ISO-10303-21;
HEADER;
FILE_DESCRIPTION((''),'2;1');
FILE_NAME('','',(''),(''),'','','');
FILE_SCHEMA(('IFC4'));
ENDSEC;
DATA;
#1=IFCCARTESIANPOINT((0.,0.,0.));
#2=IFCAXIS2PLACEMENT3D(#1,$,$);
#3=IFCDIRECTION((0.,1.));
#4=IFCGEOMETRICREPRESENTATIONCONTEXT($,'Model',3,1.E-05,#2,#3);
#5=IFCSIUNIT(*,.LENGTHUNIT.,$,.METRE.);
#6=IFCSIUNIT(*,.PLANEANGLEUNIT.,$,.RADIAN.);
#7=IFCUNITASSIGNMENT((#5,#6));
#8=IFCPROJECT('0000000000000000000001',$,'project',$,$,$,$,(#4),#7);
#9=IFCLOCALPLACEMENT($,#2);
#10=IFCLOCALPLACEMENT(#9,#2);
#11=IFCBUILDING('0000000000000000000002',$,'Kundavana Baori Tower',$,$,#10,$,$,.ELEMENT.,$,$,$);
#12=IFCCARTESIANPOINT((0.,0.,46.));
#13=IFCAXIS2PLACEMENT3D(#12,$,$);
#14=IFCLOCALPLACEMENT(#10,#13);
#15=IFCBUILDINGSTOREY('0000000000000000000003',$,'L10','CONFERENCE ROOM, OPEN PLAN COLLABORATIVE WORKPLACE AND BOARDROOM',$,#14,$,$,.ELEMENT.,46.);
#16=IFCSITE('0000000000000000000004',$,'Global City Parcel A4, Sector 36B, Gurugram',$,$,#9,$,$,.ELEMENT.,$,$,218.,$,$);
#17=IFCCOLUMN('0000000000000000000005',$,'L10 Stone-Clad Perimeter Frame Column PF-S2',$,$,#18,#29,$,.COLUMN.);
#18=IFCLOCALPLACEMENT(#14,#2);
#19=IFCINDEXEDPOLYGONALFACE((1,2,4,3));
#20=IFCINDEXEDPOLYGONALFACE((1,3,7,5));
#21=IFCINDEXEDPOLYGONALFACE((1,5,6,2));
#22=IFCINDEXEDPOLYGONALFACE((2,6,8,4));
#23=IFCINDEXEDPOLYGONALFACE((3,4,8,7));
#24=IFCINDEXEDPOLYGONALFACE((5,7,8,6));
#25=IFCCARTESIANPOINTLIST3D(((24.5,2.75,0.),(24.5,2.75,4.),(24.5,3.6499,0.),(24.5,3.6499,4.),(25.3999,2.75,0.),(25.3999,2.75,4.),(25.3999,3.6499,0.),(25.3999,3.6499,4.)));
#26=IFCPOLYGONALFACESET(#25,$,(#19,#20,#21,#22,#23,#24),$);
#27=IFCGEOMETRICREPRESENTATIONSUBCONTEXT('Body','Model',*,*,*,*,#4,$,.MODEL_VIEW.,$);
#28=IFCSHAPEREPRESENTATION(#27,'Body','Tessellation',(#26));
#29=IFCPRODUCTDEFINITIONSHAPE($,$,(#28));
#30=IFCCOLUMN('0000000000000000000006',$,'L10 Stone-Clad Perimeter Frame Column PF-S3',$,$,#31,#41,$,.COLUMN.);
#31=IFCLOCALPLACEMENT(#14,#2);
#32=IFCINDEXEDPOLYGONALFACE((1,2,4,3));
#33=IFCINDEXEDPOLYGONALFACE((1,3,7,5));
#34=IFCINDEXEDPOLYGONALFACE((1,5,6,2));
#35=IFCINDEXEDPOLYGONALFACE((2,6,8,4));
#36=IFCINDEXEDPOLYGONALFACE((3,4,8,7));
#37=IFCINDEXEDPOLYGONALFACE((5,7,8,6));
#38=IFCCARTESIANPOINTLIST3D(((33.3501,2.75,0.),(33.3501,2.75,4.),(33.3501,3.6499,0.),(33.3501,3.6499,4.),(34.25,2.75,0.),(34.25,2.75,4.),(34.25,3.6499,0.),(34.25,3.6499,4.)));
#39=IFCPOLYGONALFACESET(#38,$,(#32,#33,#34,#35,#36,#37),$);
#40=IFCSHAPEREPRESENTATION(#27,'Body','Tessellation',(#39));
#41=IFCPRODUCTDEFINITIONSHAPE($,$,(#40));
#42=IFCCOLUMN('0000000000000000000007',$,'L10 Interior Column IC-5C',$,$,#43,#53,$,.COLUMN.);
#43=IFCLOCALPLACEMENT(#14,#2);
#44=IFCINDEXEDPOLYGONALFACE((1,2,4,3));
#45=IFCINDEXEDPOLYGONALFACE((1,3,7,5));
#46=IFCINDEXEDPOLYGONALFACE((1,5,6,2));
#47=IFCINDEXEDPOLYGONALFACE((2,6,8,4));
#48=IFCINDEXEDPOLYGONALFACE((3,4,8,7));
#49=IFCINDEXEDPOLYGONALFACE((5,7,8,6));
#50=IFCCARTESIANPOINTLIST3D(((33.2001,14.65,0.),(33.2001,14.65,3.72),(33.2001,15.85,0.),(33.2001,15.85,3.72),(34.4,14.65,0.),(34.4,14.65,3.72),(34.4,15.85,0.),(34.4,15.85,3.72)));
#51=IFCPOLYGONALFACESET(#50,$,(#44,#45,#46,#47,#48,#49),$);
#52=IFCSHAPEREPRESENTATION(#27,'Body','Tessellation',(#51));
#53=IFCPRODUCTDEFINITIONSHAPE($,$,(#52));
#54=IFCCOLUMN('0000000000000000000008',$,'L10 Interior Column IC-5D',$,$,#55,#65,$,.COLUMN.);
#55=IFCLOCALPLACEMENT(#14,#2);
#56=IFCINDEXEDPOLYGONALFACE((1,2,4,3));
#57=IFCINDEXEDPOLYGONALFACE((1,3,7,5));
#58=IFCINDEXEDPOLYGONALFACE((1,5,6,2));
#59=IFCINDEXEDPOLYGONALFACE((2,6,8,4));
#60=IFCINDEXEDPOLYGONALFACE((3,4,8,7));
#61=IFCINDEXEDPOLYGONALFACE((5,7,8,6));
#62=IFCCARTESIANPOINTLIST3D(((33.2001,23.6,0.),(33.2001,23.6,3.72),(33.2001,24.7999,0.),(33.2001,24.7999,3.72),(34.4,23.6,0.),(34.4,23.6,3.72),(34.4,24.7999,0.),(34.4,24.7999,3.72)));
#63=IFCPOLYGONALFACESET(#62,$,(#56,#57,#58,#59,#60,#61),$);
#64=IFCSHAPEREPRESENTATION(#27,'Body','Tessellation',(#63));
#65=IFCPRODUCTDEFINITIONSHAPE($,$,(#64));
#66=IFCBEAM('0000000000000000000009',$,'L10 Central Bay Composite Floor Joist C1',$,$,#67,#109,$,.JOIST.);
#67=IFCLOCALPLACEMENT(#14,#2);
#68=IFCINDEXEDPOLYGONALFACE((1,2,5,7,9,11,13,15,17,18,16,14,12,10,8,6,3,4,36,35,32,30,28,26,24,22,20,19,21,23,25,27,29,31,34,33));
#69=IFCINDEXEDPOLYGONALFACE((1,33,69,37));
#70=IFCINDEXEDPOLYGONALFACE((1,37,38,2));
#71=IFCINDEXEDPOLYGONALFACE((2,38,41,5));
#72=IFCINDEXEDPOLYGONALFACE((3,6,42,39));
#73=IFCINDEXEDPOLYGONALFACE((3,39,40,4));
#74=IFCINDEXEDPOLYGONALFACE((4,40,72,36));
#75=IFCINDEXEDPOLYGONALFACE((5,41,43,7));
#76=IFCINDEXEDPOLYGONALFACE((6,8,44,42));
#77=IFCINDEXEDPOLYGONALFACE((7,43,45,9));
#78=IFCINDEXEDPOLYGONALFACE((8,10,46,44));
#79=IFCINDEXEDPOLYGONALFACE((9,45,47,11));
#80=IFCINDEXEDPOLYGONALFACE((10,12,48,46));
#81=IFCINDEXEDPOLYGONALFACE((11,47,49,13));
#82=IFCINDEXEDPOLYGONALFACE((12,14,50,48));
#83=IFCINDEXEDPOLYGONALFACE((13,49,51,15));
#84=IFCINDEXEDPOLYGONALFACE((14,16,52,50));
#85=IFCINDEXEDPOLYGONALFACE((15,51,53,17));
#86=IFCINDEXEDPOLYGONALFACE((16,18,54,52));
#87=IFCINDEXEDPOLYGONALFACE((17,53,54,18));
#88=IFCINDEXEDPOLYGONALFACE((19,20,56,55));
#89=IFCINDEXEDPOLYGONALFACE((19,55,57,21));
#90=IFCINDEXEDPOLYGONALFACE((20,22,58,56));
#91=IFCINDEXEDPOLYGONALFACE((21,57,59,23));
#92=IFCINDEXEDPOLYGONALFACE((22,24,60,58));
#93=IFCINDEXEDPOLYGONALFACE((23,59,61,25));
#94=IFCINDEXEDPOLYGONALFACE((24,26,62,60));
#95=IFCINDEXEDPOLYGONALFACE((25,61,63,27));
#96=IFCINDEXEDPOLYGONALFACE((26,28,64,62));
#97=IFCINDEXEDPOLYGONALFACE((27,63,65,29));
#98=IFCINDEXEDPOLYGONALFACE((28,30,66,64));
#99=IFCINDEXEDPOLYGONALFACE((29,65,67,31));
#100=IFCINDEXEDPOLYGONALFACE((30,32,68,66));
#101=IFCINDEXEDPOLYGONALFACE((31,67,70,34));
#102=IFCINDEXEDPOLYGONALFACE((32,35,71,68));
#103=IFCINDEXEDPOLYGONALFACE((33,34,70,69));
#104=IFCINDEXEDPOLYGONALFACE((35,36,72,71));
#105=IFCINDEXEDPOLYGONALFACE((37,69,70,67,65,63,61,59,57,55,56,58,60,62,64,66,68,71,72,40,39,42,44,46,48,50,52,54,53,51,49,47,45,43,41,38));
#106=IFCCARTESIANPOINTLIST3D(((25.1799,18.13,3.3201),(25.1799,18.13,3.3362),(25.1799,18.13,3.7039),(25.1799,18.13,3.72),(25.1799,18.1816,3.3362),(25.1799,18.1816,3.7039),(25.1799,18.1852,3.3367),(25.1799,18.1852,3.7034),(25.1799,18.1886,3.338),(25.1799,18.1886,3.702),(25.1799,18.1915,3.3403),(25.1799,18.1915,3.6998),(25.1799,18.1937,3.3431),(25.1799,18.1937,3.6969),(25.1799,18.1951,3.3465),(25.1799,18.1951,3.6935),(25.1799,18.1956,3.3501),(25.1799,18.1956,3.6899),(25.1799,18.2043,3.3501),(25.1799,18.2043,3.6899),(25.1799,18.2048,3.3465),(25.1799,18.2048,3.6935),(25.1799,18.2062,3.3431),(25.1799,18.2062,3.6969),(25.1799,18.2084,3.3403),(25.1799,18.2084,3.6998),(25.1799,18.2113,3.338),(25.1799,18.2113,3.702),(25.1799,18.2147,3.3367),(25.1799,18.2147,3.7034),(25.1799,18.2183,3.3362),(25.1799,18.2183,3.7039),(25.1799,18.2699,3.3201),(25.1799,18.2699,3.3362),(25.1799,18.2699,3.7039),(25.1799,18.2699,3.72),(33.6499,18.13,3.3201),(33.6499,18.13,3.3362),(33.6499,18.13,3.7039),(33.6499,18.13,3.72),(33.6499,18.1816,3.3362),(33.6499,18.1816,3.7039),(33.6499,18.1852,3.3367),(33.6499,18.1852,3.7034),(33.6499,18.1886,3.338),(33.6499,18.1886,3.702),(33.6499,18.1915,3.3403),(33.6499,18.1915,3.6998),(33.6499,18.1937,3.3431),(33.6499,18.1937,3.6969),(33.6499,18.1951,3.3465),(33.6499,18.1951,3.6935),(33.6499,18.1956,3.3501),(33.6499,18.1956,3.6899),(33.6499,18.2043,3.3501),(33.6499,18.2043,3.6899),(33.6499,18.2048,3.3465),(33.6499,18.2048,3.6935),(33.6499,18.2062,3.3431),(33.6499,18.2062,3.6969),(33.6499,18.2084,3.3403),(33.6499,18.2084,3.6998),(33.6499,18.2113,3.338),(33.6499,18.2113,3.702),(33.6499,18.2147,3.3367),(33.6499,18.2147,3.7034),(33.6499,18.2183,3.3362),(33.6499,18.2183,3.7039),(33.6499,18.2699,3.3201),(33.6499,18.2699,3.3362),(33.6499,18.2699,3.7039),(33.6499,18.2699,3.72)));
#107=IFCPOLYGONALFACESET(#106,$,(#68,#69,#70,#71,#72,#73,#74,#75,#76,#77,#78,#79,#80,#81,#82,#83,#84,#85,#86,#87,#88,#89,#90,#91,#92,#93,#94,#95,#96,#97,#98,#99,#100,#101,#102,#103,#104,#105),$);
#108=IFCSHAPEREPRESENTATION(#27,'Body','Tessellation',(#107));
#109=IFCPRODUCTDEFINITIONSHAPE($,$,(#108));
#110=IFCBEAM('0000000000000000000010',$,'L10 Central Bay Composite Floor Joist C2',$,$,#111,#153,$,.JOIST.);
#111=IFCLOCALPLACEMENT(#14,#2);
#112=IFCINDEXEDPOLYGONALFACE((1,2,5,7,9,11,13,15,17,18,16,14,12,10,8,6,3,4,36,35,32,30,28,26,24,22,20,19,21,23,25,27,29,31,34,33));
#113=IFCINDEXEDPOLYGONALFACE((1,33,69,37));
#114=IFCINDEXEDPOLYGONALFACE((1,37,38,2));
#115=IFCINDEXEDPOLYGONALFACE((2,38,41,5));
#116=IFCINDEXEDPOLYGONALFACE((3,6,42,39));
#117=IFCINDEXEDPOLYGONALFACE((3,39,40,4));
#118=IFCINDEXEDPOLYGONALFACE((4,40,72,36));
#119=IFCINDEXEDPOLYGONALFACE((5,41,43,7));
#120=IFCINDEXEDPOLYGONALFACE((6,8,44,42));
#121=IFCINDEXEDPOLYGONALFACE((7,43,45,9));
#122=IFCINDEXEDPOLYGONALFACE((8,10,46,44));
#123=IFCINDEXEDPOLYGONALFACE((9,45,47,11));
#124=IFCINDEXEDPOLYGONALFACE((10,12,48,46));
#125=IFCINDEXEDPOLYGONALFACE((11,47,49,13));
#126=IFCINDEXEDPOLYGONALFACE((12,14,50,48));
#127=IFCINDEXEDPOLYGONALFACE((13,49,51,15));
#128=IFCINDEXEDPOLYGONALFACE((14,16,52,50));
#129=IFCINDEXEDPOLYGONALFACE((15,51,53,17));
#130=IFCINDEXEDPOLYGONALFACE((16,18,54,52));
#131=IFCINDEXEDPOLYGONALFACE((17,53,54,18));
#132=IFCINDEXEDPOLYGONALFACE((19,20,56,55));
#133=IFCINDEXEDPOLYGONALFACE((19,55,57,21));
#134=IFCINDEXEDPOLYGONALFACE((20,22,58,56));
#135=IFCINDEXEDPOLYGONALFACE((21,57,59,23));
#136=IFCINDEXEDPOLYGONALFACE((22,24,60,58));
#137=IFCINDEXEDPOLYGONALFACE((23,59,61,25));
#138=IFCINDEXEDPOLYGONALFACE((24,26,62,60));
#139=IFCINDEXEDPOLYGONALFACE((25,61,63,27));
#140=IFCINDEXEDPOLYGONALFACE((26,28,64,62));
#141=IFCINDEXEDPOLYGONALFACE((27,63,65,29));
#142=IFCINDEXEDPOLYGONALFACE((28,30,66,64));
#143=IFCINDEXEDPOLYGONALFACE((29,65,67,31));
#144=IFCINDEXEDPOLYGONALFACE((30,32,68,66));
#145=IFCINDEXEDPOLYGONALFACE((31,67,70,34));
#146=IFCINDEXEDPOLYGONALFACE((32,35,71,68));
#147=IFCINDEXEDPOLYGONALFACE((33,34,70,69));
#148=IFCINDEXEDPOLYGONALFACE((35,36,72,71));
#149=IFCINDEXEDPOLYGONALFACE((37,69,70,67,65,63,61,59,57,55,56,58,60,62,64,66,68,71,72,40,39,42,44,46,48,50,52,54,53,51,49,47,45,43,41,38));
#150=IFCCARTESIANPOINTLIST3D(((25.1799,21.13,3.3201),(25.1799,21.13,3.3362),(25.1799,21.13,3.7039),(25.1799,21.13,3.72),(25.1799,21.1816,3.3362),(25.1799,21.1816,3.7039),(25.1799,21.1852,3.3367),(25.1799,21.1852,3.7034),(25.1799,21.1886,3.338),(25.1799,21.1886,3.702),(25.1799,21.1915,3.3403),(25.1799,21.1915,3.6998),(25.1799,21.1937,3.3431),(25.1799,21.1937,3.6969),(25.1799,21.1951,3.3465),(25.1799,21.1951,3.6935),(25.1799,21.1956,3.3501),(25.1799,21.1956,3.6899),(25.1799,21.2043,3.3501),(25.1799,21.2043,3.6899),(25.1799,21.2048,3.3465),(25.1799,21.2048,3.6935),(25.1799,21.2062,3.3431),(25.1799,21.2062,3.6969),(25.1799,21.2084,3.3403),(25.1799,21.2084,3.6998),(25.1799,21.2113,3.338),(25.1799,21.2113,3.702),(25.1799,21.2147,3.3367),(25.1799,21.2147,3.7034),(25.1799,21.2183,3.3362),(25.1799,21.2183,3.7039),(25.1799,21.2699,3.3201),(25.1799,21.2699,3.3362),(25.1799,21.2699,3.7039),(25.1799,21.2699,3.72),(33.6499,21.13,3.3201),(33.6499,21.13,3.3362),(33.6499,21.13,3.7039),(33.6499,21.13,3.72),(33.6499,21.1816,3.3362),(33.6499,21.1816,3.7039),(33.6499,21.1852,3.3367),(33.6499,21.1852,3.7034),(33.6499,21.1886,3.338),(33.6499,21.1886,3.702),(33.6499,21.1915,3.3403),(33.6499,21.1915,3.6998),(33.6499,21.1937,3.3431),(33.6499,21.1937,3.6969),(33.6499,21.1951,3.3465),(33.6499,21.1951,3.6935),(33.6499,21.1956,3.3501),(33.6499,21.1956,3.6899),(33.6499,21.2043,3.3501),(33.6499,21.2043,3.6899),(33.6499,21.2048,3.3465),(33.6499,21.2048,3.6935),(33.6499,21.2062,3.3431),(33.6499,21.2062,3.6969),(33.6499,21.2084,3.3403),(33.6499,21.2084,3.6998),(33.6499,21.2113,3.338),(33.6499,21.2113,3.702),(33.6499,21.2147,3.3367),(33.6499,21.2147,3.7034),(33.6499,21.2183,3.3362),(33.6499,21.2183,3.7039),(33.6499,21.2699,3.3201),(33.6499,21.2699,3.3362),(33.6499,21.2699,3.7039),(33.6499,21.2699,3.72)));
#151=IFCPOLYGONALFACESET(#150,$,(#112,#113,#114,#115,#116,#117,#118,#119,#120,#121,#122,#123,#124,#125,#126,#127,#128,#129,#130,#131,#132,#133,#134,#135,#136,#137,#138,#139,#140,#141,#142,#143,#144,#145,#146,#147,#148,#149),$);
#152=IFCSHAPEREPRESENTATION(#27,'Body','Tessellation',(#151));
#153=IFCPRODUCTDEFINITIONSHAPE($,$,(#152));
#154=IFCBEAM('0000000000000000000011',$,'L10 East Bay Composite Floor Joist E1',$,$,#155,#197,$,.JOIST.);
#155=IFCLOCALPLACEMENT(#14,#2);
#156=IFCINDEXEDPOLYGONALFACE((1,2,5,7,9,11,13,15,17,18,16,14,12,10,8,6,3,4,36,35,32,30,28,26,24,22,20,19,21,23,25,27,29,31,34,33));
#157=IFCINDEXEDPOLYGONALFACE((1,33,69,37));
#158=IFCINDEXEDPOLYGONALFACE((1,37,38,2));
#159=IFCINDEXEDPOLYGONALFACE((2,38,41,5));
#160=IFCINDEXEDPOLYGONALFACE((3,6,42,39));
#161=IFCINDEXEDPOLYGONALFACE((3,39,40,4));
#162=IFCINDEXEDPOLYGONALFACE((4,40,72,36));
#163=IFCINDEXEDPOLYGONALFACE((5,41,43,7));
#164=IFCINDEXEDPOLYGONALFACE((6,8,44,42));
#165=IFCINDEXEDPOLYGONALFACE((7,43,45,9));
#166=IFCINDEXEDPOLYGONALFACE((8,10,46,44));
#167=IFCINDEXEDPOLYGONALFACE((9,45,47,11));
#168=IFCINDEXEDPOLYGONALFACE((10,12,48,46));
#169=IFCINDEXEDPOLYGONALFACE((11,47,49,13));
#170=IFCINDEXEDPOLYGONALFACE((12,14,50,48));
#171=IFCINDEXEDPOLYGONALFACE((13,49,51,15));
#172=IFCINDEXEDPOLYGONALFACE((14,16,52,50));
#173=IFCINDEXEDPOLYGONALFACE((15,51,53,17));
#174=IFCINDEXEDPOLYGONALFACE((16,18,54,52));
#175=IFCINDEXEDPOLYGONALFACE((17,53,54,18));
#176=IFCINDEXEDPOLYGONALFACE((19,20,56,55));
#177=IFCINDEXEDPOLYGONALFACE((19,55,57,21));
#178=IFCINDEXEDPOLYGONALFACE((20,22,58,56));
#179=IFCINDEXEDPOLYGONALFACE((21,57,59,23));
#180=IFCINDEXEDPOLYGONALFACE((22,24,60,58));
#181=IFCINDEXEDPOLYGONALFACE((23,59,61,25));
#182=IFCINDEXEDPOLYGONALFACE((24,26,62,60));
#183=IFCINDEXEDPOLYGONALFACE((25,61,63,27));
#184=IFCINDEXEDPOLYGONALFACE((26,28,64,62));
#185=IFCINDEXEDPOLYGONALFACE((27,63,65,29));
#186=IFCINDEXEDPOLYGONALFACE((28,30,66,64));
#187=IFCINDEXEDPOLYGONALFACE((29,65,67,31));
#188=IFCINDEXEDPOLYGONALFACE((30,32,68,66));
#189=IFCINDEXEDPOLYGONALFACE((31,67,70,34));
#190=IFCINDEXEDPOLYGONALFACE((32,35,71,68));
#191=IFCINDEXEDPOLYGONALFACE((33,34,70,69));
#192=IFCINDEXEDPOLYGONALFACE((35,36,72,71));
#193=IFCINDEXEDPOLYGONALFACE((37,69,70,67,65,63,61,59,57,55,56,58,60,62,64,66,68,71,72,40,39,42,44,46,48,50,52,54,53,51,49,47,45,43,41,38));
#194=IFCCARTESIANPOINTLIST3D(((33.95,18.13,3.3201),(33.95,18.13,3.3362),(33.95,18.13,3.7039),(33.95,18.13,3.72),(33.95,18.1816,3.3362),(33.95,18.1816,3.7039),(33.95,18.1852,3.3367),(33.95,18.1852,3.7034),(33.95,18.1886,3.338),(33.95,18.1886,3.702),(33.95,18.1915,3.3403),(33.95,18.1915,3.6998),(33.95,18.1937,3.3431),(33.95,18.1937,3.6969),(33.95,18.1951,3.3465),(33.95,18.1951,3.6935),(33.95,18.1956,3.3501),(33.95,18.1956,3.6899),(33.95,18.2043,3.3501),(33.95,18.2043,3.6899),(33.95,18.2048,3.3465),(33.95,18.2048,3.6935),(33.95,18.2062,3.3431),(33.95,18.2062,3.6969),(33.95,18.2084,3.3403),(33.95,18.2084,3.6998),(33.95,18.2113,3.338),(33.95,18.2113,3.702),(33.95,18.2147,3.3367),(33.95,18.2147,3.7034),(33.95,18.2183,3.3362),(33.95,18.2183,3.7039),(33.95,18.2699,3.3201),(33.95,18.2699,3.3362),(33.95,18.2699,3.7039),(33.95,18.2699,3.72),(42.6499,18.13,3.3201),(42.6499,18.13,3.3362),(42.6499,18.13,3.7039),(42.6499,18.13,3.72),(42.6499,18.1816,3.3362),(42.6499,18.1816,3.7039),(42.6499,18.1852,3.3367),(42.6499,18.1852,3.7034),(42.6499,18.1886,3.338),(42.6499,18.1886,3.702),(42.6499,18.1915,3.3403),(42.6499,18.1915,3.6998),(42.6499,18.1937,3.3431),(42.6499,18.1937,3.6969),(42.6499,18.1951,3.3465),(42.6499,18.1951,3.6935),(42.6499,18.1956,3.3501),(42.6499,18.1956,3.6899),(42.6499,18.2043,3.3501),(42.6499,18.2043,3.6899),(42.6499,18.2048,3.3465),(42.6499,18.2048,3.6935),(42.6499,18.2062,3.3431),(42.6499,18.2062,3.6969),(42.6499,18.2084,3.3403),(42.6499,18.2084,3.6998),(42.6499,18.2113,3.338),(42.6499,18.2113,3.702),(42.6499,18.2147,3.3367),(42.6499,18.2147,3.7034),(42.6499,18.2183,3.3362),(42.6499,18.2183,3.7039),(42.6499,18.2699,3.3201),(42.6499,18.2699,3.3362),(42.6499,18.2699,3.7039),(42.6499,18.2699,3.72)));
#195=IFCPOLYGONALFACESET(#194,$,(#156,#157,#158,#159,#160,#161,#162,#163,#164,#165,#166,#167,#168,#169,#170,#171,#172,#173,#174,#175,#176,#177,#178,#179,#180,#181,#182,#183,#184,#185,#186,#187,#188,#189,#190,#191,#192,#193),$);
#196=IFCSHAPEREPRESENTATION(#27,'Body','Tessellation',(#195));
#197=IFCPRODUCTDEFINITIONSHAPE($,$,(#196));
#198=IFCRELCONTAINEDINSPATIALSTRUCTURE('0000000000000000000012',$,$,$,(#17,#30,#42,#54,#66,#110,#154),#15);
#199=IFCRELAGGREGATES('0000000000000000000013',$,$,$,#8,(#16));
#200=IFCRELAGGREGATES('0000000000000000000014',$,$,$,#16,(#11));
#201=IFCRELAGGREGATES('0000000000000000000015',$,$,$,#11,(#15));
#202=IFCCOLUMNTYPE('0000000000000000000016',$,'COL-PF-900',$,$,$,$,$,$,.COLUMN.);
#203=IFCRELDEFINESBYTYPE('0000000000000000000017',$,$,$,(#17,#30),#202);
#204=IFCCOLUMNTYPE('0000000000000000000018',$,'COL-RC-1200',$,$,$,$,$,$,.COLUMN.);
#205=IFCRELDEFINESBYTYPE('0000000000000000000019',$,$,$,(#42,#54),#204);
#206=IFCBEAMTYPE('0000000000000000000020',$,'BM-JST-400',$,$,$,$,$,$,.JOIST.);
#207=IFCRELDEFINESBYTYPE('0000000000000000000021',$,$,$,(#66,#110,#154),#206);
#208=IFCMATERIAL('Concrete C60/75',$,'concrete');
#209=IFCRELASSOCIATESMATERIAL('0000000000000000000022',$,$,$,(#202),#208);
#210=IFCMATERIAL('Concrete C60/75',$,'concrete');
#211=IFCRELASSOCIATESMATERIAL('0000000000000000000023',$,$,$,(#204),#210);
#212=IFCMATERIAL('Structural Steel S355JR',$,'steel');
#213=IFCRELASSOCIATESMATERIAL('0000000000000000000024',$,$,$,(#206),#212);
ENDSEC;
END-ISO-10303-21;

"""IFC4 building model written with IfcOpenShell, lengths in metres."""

from ifc_helpers import new_model, si_unit, direction, frame, origin, origin_2d, place, context, subcontext, project, spatial, rectangle, i_section, extrude, material, material_profile, profile_set, type_object, element, save


model = new_model("IFC4")

# Units and contexts
model_context = context("Model", 3, precision=1e-05, world=origin(), true_north=direction((0.0, 1.0)))
body_context = subcontext(model_context, "Body", "Model", "MODEL_VIEW")
ifc_project = project(units=[si_unit("LENGTHUNIT", "METRE"), si_unit("PLANEANGLEUNIT", "RADIAN")], contexts=[model_context])

# Site, building, storey
site_placement = place(None, origin())
site = spatial("IfcSite", under=ifc_project, at=site_placement, Name="Global City Parcel A4, Sector 36B, Gurugram", CompositionType="ELEMENT", RefElevation=218.0)
building_placement = place(site_placement, origin())
building = spatial("IfcBuilding", under=site, at=building_placement, Name="Kundavana Baori Tower", CompositionType="ELEMENT")
storey_placement = place(building_placement, frame((0.0, 0.0, 46.0)))
storey = spatial("IfcBuildingStorey", under=building, at=storey_placement, Name="L10", Description="CONFERENCE ROOM, OPEN PLAN COLLABORATIVE WORKPLACE AND BOARDROOM", CompositionType="ELEMENT", Elevation=46.0)

# Columns
ifc_material_1 = material(Name="Concrete C60/75", Category="concrete")
ifc_material_profile_1 = material_profile(ifc_material_1, rectangle(XDim=0.8999, YDim=0.8999, at=origin_2d()), Name="RC PF 900x900")
ifc_profile_set_1 = profile_set([ifc_material_profile_1], Name="Concrete C60/75")
column_type_1 = type_object("IfcColumnType", Name="COL-PF-900", PredefinedType="COLUMN", material=ifc_profile_set_1)
for number, where, z_axis, x_axis, name in (
    (1, (24.95, 3.2, 0.0), (0.0, 0.0, 1.0), (1.0, 0.0, 0.0), "L10 Stone-Clad Perimeter Frame Column PF-S2"),
    (2, (33.8, 3.2, 0.0), (0.0, 0.0, 1.0), (1.0, 0.0, 0.0), "L10 Stone-Clad Perimeter Frame Column PF-S3"),
):
    element("IfcColumn", number, at=place(storey_placement, frame(where, z_axis=z_axis, x_axis=x_axis)), inside=storey, type_object=column_type_1, Name=name, PredefinedType="COLUMN", context=body_context, shape_type="SweptSolid", body=[
        extrude(rectangle(XDim=0.8999, YDim=0.8999, at=origin_2d()), origin(), (0.0, 0.0, 1.0), 4.0),
    ])
ifc_material_2 = material(Name="Concrete C60/75", Category="concrete")
ifc_material_profile_2 = material_profile(ifc_material_2, rectangle(XDim=1.2, YDim=1.2, at=origin_2d()), Name="RC 1200x1200")
ifc_profile_set_2 = profile_set([ifc_material_profile_2], Name="Concrete C60/75")
column_type_2 = type_object("IfcColumnType", Name="COL-RC-1200", PredefinedType="COLUMN", material=ifc_profile_set_2)
for number, where, z_axis, x_axis, name in (
    (3, (33.8, 15.25, 0.0), (0.0, 0.0, 1.0), (1.0, 0.0, 0.0), "L10 Interior Column IC-5C"),
    (4, (33.8, 24.2, 0.0), (0.0, 0.0, 1.0), (1.0, 0.0, 0.0), "L10 Interior Column IC-5D"),
):
    element("IfcColumn", number, at=place(storey_placement, frame(where, z_axis=z_axis, x_axis=x_axis)), inside=storey, type_object=column_type_2, Name=name, PredefinedType="COLUMN", context=body_context, shape_type="SweptSolid", body=[
        extrude(rectangle(XDim=1.2, YDim=1.2, at=origin_2d()), origin(), (0.0, 0.0, 1.0), 3.72),
    ])

# Beams
ifc_material_3 = material(Name="Structural Steel S355JR", Category="steel")
ifc_material_profile_3 = material_profile(ifc_material_3, i_section(OverallWidth=0.1399, OverallDepth=0.3999, WebThickness=0.0088, FlangeThickness=0.0161, FilletRadius=0.0139, at=origin_2d()), Name="ISMB 400")
ifc_profile_set_3 = profile_set([ifc_material_profile_3], Name="Structural Steel S355JR")
beam_type_1 = type_object("IfcBeamType", Name="BM-JST-400", PredefinedType="JOIST", material=ifc_profile_set_3)
for number, where, z_axis, x_axis, name in (
    (5, (25.1799, 18.2, 3.52), (1.0, 0.0, 0.0), (0.0, 1.0, 0.0), "L10 Central Bay Composite Floor Joist C1"),
    (6, (25.1799, 21.2, 3.52), (1.0, 0.0, 0.0), (0.0, 1.0, 0.0), "L10 Central Bay Composite Floor Joist C2"),
):
    element("IfcBeam", number, at=place(storey_placement, frame(where, z_axis=z_axis, x_axis=x_axis)), inside=storey, type_object=beam_type_1, Name=name, PredefinedType="JOIST", context=body_context, shape_type="SweptSolid", body=[
        extrude(i_section(OverallWidth=0.1399, OverallDepth=0.3999, WebThickness=0.0088, FlangeThickness=0.0161, FilletRadius=0.0139, at=origin_2d()), origin(), (0.0, 0.0, 1.0), 8.47),
    ])
for number, where, z_axis, x_axis, name in (
    (7, (33.95, 18.2, 3.52), (1.0, 0.0, 0.0), (0.0, 1.0, 0.0), "L10 East Bay Composite Floor Joist E1"),
):
    element("IfcBeam", number, at=place(storey_placement, frame(where, z_axis=z_axis, x_axis=x_axis)), inside=storey, type_object=beam_type_1, Name=name, PredefinedType="JOIST", context=body_context, shape_type="SweptSolid", body=[
        extrude(i_section(OverallWidth=0.1399, OverallDepth=0.3999, WebThickness=0.0088, FlangeThickness=0.0161, FilletRadius=0.0139, at=origin_2d()), origin(), (0.0, 0.0, 1.0), 8.7),
    ])

save(model, "model.ifc")
